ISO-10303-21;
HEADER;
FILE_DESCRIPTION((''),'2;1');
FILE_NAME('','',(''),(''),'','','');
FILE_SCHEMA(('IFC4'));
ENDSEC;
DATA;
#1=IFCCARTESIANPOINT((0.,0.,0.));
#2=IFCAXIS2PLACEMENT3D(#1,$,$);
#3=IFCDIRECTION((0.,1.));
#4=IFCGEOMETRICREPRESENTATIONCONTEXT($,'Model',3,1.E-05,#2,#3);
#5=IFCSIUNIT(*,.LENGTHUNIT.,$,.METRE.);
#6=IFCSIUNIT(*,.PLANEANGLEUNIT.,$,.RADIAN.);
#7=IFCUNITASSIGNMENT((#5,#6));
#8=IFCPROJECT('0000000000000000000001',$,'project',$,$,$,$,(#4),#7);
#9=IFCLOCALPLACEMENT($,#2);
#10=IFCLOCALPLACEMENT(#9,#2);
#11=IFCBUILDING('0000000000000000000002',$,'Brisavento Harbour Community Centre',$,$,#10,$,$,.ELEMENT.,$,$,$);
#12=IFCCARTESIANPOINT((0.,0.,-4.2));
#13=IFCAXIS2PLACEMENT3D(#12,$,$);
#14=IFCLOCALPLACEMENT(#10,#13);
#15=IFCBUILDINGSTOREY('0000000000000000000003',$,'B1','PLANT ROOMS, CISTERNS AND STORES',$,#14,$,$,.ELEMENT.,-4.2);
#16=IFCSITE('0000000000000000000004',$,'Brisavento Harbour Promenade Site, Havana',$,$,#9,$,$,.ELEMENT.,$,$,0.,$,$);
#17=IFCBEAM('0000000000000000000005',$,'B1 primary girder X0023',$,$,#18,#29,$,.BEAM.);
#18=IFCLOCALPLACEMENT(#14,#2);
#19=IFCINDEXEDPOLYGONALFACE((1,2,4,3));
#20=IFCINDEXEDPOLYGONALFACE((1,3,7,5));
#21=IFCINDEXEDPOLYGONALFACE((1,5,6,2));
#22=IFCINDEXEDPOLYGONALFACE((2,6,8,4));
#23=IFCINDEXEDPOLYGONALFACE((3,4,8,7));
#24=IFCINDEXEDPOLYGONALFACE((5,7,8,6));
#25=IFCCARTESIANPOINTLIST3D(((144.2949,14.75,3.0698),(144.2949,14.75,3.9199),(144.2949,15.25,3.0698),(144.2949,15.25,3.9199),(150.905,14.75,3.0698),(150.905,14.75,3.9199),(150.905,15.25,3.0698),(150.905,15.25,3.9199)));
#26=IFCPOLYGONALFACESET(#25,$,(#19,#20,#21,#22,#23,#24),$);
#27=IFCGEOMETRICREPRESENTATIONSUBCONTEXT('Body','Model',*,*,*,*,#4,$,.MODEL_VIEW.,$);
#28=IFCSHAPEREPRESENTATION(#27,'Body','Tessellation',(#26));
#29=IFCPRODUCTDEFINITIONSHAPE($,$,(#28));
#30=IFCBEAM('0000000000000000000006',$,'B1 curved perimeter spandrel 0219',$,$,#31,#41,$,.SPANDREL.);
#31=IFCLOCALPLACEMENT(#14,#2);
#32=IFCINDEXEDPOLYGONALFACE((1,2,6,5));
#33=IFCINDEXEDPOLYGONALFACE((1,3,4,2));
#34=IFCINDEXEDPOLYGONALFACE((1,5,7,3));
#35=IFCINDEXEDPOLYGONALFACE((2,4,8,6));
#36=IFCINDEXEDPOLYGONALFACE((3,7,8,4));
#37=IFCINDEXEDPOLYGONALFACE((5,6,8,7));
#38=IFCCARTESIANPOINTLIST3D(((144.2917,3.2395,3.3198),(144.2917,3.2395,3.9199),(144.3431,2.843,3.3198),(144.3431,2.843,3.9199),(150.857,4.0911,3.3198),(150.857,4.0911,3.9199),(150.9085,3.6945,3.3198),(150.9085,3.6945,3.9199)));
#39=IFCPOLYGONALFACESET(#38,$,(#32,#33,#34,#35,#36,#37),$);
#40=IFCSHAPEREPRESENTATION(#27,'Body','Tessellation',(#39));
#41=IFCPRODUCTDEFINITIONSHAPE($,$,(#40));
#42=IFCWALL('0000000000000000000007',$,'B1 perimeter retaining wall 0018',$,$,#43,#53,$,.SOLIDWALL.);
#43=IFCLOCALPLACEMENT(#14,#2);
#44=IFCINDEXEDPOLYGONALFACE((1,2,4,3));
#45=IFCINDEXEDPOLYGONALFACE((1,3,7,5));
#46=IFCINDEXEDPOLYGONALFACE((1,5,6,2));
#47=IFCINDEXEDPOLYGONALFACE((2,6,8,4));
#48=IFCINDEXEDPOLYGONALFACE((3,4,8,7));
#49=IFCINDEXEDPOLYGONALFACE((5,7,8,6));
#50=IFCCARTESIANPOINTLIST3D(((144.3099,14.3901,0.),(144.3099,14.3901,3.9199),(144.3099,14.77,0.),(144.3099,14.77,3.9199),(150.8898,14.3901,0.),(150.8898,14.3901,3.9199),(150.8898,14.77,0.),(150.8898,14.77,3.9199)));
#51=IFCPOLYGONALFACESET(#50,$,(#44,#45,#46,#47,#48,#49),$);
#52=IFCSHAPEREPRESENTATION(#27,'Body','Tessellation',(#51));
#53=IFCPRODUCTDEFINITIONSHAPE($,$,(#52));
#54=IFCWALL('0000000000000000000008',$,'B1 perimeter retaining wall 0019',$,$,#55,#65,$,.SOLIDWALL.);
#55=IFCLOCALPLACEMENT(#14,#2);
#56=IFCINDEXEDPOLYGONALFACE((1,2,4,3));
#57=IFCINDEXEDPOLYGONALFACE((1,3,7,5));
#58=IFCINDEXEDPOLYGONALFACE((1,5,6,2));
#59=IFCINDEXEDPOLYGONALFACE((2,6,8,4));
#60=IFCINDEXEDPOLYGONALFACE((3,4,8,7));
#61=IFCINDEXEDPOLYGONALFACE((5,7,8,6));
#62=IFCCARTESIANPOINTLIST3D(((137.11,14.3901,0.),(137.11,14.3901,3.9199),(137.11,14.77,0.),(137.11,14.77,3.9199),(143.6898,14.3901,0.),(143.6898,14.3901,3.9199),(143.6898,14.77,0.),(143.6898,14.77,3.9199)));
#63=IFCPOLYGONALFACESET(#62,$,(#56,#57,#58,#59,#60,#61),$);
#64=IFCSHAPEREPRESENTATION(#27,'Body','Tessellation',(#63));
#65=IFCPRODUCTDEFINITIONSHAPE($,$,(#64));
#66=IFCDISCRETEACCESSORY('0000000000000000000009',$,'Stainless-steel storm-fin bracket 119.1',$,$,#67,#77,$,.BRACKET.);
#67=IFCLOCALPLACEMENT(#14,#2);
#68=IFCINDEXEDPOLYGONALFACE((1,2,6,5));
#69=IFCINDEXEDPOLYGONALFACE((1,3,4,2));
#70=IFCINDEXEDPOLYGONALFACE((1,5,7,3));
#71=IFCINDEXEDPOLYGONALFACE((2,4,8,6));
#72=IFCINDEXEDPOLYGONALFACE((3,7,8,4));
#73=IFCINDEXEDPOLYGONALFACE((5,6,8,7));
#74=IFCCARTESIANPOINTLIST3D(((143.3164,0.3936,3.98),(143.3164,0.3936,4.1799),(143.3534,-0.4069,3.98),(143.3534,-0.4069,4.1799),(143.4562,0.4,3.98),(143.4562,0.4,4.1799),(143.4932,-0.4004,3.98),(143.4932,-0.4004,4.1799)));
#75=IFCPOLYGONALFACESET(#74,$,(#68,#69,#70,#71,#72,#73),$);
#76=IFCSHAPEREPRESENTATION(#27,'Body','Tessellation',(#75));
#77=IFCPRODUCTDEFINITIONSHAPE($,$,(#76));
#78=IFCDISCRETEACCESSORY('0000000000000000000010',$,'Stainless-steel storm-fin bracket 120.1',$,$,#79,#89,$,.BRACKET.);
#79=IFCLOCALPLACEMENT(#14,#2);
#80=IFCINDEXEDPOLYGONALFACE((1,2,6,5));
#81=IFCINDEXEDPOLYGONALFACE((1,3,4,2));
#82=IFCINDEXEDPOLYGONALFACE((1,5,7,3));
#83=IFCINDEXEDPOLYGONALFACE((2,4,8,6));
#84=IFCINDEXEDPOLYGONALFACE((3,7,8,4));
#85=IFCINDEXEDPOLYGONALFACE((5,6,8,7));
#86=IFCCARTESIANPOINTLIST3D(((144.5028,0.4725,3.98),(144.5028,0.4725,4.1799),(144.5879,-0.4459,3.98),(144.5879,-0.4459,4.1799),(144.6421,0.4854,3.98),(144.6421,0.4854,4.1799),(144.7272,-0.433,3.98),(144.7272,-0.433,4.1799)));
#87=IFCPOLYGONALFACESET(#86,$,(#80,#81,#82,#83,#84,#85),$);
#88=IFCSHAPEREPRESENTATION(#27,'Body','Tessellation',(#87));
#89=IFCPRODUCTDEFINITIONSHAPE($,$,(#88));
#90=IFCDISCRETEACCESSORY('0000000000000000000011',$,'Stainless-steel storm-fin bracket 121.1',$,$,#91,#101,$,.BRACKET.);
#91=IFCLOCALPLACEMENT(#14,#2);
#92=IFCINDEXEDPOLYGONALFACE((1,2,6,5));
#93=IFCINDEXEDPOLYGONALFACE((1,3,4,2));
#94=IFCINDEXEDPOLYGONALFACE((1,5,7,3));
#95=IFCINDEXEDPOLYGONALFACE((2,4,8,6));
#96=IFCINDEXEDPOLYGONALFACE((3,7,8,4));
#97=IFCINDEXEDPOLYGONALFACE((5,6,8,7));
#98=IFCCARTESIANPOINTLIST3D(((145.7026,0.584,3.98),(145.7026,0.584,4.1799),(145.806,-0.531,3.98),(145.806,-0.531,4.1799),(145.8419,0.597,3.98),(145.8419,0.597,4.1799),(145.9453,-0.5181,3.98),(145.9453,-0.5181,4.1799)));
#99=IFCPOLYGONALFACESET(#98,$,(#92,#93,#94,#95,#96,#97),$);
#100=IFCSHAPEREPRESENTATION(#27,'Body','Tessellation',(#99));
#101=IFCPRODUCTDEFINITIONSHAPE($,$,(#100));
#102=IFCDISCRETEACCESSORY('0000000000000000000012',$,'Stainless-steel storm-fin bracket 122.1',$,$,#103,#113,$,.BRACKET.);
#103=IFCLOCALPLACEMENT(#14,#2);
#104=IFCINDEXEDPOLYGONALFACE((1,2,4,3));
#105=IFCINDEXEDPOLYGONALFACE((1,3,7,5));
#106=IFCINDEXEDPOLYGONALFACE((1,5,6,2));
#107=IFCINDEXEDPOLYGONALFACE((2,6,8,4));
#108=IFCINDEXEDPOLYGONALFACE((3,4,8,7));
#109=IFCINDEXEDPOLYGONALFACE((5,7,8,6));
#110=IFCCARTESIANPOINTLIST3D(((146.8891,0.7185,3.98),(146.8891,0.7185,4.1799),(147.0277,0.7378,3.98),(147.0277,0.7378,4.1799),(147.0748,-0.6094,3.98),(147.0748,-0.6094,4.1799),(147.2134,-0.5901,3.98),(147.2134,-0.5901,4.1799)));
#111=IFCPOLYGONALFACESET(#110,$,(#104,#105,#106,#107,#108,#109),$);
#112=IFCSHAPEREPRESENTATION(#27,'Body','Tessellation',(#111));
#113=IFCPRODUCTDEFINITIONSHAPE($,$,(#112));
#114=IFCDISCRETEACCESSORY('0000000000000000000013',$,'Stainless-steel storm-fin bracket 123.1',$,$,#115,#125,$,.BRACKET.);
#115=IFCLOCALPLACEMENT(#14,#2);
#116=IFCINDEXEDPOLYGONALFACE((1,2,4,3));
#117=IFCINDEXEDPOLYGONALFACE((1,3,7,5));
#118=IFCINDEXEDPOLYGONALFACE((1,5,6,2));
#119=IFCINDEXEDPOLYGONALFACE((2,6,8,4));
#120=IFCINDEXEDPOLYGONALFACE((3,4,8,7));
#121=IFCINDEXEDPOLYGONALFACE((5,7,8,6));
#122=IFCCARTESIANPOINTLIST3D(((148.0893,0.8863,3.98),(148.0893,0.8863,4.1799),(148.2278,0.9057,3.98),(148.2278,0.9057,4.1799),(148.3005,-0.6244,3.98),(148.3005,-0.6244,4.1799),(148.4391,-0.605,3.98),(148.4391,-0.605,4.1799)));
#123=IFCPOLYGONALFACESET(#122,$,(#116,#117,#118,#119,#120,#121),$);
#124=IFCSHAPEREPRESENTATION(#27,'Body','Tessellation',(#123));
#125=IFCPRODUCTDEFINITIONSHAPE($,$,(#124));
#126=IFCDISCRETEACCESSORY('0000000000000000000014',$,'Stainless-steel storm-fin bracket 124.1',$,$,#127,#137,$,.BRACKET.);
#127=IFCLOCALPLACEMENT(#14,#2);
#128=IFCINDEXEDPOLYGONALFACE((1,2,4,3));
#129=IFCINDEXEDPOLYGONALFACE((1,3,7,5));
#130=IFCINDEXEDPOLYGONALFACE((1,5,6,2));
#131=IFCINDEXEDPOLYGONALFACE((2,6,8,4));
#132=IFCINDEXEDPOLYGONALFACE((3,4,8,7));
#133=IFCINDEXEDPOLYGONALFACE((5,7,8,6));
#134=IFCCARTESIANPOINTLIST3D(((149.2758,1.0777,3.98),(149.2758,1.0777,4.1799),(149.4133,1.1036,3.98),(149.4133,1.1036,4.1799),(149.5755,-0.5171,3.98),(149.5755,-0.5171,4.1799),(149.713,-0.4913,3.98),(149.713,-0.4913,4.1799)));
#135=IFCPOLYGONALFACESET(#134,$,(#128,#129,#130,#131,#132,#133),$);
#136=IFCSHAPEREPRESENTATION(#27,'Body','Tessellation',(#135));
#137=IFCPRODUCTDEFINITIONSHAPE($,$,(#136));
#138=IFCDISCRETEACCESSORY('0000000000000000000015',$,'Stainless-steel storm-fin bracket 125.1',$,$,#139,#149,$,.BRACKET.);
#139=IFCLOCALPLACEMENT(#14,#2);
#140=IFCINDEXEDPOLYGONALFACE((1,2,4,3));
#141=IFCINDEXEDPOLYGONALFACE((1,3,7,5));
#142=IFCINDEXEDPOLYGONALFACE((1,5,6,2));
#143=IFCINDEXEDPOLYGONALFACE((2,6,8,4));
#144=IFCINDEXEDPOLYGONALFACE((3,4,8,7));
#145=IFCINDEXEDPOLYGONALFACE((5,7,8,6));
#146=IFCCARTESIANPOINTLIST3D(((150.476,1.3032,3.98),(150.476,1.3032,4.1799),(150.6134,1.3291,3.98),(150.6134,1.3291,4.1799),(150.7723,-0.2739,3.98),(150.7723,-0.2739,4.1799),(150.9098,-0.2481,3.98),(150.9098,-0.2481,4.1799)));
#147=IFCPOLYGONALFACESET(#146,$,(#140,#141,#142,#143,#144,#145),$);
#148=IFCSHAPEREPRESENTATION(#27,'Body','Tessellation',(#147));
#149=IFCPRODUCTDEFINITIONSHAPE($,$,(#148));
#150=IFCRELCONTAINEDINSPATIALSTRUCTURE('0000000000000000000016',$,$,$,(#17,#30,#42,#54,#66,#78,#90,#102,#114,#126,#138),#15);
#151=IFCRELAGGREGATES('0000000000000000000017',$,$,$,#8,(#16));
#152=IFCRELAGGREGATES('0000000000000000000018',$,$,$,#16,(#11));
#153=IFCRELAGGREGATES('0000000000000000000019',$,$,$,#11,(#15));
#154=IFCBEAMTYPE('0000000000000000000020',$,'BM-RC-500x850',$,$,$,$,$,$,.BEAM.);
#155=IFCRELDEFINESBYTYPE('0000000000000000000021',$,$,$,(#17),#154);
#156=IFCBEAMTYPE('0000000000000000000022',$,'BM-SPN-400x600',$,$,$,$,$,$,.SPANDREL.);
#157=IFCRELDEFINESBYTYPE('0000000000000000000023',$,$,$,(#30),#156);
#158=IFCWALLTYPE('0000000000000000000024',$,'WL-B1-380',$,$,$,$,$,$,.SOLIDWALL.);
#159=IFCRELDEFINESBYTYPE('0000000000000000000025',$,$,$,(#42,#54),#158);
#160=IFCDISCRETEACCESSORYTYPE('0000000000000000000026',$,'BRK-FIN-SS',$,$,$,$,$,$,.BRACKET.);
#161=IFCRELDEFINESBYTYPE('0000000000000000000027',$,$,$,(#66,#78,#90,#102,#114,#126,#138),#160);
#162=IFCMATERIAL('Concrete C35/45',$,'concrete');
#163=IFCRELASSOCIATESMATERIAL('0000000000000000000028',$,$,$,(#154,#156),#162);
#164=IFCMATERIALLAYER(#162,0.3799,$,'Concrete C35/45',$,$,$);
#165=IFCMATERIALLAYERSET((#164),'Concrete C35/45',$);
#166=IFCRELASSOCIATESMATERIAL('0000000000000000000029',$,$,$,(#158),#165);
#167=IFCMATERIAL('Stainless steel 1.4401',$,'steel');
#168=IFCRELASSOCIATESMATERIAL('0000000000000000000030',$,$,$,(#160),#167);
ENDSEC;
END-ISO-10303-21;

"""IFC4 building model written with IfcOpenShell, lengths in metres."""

from ifc_helpers import new_model, si_unit, direction, frame, frame_2d, origin, origin_2d, place, context, subcontext, project, spatial, rectangle, extrude, material, layer, layer_set, material_profile, profile_set, type_object, element, save


model = new_model("IFC4")

# Units and contexts
model_context = context("Model", 3, precision=1e-05, world=origin(), true_north=direction((0.0, 1.0)))
body_context = subcontext(model_context, "Body", "Model", "MODEL_VIEW")
ifc_project = project(units=[si_unit("LENGTHUNIT", "METRE"), si_unit("PLANEANGLEUNIT", "RADIAN")], contexts=[model_context])

# Site, building, storey
site_placement = place(None, origin())
site = spatial("IfcSite", under=ifc_project, at=site_placement, Name="Brisavento Harbour Promenade Site, Havana", CompositionType="ELEMENT", RefElevation=0.0)
building_placement = place(site_placement, origin())
building = spatial("IfcBuilding", under=site, at=building_placement, Name="Brisavento Harbour Community Centre", CompositionType="ELEMENT")
storey_placement = place(building_placement, frame((0.0, 0.0, -4.2)))
storey = spatial("IfcBuildingStorey", under=building, at=storey_placement, Name="B1", Description="PLANT ROOMS, CISTERNS AND STORES", CompositionType="ELEMENT", Elevation=-4.2)

# Shared definitions
ifc_material_1 = material(Name="Concrete C35/45", Category="concrete")

# Beams
ifc_material_profile_1 = material_profile(ifc_material_1, rectangle(XDim=0.5, YDim=0.8501, at=origin_2d()), Name="Concrete C35/45")
ifc_profile_set_1 = profile_set([ifc_material_profile_1], Name="Concrete C35/45")
beam_type_1 = type_object("IfcBeamType", Name="BM-RC-500x850", PredefinedType="BEAM", material=ifc_profile_set_1)
beam_1_placement = place(storey_placement, frame((144.2949, 15.0, 3.4949), z_axis=(1.0, 0.0, 0.0), x_axis=(0.0, 1.0, 0.0)))
element("IfcBeam", 1, at=beam_1_placement, inside=storey, type_object=beam_type_1, Name="B1 primary girder X0023", PredefinedType="BEAM", context=body_context, shape_type="SweptSolid", body=[
    extrude(rectangle(XDim=0.5, YDim=0.8501, at=origin_2d()), origin(), (0.0, 0.0, 1.0), 6.6101),
])
ifc_material_profile_2 = material_profile(ifc_material_1, rectangle(XDim=0.3999, YDim=0.6001, at=origin_2d()), Name="Concrete C35/45")
ifc_profile_set_2 = profile_set([ifc_material_profile_2], Name="Concrete C35/45")
beam_type_2 = type_object("IfcBeamType", Name="BM-SPN-400x600", PredefinedType="SPANDREL", material=ifc_profile_set_2)
beam_2_placement = place(storey_placement, frame((144.3174, 3.0413, 3.6199), z_axis=(0.991693, 0.128627, 0.0), x_axis=(-0.128627, 0.991693, 0.0)))
element("IfcBeam", 2, at=beam_2_placement, inside=storey, type_object=beam_type_2, Name="B1 curved perimeter spandrel 0219", PredefinedType="SPANDREL", context=body_context, shape_type="SweptSolid", body=[
    extrude(rectangle(XDim=0.3999, YDim=0.6001, at=origin_2d()), origin(), (0.0, 0.0, 1.0), 6.6204),
])

# Walls
ifc_layer = layer(ifc_material_1, 0.3799, Name="Concrete C35/45")
ifc_layer_set = layer_set([ifc_layer], Name="Concrete C35/45")
wall_type = type_object("IfcWallType", Name="WL-B1-380", PredefinedType="SOLIDWALL", material=ifc_layer_set)
for number, where, z_axis, x_axis, name in (
    (3, (150.8899, 14.5801, 0.0), (0.0, 0.0, 1.0), (-1.0, 0.0, 0.0), "B1 perimeter retaining wall 0018"),
    (4, (143.6899, 14.5801, 0.0), (0.0, 0.0, 1.0), (-1.0, 0.0, 0.0), "B1 perimeter retaining wall 0019"),
):
    element("IfcWall", number, at=place(storey_placement, frame(where, z_axis=z_axis, x_axis=x_axis)), inside=storey, type_object=wall_type, Name=name, PredefinedType="SOLIDWALL", context=body_context, shape_type="SweptSolid", body=[
        extrude(rectangle(XDim=6.5798, YDim=0.3799, at=frame_2d((3.29, 0.0))), origin(), (0.0, 0.0, 1.0), 3.9199),
    ])

# Discrete accessories
ifc_material_2 = material(Name="Stainless steel 1.4401", Category="steel")
discrete_accessory_type = type_object("IfcDiscreteAccessoryType", Name="BRK-FIN-SS", PredefinedType="BRACKET", material=ifc_material_2)
discrete_accessory_1_placement = place(storey_placement, frame((143.4048, -0.0034, 3.98), z_axis=(0.0, 0.0, 1.0), x_axis=(0.046165, -0.998934, 0.0)))
element("IfcDiscreteAccessory", 5, at=discrete_accessory_1_placement, inside=storey, type_object=discrete_accessory_type, Name="Stainless-steel storm-fin bracket 119.1", PredefinedType="BRACKET", context=body_context, shape_type="SweptSolid", body=[
    extrude(rectangle(XDim=0.8013, YDim=0.1399, at=origin_2d()), origin(), (0.0, 0.0, 1.0), 0.2),
])
discrete_accessory_2_placement = place(storey_placement, frame((144.615, 0.0198, 3.98), z_axis=(0.0, 0.0, 1.0), x_axis=(0.092336, -0.995728, 0.0)))
element("IfcDiscreteAccessory", 6, at=discrete_accessory_2_placement, inside=storey, type_object=discrete_accessory_type, Name="Stainless-steel storm-fin bracket 120.1", PredefinedType="BRACKET", context=body_context, shape_type="SweptSolid", body=[
    extrude(rectangle(XDim=0.9224, YDim=0.1399, at=origin_2d()), origin(), (0.0, 0.0, 1.0), 0.2),
])
discrete_accessory_3_placement = place(storey_placement, frame((145.824, 0.033, 3.98), z_axis=(0.0, 0.0, 1.0), x_axis=(0.092336, -0.995728, 0.0)))
element("IfcDiscreteAccessory", 7, at=discrete_accessory_3_placement, inside=storey, type_object=discrete_accessory_type, Name="Stainless-steel storm-fin bracket 121.1", PredefinedType="BRACKET", context=body_context, shape_type="SweptSolid", body=[
    extrude(rectangle(XDim=1.1199, YDim=0.1399, at=origin_2d()), origin(), (0.0, 0.0, 1.0), 0.2),
])
discrete_accessory_4_placement = place(storey_placement, frame((147.0513, 0.0642, 3.98), z_axis=(0.0, 0.0, 1.0), x_axis=(0.138499, -0.990363, 0.0)))
element("IfcDiscreteAccessory", 8, at=discrete_accessory_4_placement, inside=storey, type_object=discrete_accessory_type, Name="Stainless-steel storm-fin bracket 122.1", PredefinedType="BRACKET", context=body_context, shape_type="SweptSolid", body=[
    extrude(rectangle(XDim=1.3408, YDim=0.1399, at=origin_2d()), origin(), (0.0, 0.0, 1.0), 0.2),
])
discrete_accessory_5_placement = place(storey_placement, frame((148.2642, 0.1406, 3.98), z_axis=(0.0, 0.0, 1.0), x_axis=(0.138499, -0.990363, 0.0)))
element("IfcDiscreteAccessory", 9, at=discrete_accessory_5_placement, inside=storey, type_object=discrete_accessory_type, Name="Stainless-steel storm-fin bracket 123.1", PredefinedType="BRACKET", context=body_context, shape_type="SweptSolid", body=[
    extrude(rectangle(XDim=1.5254, YDim=0.1399, at=origin_2d()), origin(), (0.0, 0.0, 1.0), 0.2),
])
discrete_accessory_6_placement = place(storey_placement, frame((149.4944, 0.2932, 3.98), z_axis=(0.0, 0.0, 1.0), x_axis=(0.184672, -0.9828, 0.0)))
element("IfcDiscreteAccessory", 10, at=discrete_accessory_6_placement, inside=storey, type_object=discrete_accessory_type, Name="Stainless-steel storm-fin bracket 124.1", PredefinedType="BRACKET", context=body_context, shape_type="SweptSolid", body=[
    extrude(rectangle(XDim=1.6228, YDim=0.1399, at=origin_2d()), origin(), (0.0, 0.0, 1.0), 0.2),
])
discrete_accessory_7_placement = place(storey_placement, frame((150.6929, 0.5276, 3.98), z_axis=(0.0, 0.0, 1.0), x_axis=(0.184672, -0.9828, 0.0)))
element("IfcDiscreteAccessory", 11, at=discrete_accessory_7_placement, inside=storey, type_object=discrete_accessory_type, Name="Stainless-steel storm-fin bracket 125.1", PredefinedType="BRACKET", context=body_context, shape_type="SweptSolid", body=[
    extrude(rectangle(XDim=1.6047, YDim=0.1399, at=origin_2d()), origin(), (0.0, 0.0, 1.0), 0.2),
])

save(model, "model.ifc")
